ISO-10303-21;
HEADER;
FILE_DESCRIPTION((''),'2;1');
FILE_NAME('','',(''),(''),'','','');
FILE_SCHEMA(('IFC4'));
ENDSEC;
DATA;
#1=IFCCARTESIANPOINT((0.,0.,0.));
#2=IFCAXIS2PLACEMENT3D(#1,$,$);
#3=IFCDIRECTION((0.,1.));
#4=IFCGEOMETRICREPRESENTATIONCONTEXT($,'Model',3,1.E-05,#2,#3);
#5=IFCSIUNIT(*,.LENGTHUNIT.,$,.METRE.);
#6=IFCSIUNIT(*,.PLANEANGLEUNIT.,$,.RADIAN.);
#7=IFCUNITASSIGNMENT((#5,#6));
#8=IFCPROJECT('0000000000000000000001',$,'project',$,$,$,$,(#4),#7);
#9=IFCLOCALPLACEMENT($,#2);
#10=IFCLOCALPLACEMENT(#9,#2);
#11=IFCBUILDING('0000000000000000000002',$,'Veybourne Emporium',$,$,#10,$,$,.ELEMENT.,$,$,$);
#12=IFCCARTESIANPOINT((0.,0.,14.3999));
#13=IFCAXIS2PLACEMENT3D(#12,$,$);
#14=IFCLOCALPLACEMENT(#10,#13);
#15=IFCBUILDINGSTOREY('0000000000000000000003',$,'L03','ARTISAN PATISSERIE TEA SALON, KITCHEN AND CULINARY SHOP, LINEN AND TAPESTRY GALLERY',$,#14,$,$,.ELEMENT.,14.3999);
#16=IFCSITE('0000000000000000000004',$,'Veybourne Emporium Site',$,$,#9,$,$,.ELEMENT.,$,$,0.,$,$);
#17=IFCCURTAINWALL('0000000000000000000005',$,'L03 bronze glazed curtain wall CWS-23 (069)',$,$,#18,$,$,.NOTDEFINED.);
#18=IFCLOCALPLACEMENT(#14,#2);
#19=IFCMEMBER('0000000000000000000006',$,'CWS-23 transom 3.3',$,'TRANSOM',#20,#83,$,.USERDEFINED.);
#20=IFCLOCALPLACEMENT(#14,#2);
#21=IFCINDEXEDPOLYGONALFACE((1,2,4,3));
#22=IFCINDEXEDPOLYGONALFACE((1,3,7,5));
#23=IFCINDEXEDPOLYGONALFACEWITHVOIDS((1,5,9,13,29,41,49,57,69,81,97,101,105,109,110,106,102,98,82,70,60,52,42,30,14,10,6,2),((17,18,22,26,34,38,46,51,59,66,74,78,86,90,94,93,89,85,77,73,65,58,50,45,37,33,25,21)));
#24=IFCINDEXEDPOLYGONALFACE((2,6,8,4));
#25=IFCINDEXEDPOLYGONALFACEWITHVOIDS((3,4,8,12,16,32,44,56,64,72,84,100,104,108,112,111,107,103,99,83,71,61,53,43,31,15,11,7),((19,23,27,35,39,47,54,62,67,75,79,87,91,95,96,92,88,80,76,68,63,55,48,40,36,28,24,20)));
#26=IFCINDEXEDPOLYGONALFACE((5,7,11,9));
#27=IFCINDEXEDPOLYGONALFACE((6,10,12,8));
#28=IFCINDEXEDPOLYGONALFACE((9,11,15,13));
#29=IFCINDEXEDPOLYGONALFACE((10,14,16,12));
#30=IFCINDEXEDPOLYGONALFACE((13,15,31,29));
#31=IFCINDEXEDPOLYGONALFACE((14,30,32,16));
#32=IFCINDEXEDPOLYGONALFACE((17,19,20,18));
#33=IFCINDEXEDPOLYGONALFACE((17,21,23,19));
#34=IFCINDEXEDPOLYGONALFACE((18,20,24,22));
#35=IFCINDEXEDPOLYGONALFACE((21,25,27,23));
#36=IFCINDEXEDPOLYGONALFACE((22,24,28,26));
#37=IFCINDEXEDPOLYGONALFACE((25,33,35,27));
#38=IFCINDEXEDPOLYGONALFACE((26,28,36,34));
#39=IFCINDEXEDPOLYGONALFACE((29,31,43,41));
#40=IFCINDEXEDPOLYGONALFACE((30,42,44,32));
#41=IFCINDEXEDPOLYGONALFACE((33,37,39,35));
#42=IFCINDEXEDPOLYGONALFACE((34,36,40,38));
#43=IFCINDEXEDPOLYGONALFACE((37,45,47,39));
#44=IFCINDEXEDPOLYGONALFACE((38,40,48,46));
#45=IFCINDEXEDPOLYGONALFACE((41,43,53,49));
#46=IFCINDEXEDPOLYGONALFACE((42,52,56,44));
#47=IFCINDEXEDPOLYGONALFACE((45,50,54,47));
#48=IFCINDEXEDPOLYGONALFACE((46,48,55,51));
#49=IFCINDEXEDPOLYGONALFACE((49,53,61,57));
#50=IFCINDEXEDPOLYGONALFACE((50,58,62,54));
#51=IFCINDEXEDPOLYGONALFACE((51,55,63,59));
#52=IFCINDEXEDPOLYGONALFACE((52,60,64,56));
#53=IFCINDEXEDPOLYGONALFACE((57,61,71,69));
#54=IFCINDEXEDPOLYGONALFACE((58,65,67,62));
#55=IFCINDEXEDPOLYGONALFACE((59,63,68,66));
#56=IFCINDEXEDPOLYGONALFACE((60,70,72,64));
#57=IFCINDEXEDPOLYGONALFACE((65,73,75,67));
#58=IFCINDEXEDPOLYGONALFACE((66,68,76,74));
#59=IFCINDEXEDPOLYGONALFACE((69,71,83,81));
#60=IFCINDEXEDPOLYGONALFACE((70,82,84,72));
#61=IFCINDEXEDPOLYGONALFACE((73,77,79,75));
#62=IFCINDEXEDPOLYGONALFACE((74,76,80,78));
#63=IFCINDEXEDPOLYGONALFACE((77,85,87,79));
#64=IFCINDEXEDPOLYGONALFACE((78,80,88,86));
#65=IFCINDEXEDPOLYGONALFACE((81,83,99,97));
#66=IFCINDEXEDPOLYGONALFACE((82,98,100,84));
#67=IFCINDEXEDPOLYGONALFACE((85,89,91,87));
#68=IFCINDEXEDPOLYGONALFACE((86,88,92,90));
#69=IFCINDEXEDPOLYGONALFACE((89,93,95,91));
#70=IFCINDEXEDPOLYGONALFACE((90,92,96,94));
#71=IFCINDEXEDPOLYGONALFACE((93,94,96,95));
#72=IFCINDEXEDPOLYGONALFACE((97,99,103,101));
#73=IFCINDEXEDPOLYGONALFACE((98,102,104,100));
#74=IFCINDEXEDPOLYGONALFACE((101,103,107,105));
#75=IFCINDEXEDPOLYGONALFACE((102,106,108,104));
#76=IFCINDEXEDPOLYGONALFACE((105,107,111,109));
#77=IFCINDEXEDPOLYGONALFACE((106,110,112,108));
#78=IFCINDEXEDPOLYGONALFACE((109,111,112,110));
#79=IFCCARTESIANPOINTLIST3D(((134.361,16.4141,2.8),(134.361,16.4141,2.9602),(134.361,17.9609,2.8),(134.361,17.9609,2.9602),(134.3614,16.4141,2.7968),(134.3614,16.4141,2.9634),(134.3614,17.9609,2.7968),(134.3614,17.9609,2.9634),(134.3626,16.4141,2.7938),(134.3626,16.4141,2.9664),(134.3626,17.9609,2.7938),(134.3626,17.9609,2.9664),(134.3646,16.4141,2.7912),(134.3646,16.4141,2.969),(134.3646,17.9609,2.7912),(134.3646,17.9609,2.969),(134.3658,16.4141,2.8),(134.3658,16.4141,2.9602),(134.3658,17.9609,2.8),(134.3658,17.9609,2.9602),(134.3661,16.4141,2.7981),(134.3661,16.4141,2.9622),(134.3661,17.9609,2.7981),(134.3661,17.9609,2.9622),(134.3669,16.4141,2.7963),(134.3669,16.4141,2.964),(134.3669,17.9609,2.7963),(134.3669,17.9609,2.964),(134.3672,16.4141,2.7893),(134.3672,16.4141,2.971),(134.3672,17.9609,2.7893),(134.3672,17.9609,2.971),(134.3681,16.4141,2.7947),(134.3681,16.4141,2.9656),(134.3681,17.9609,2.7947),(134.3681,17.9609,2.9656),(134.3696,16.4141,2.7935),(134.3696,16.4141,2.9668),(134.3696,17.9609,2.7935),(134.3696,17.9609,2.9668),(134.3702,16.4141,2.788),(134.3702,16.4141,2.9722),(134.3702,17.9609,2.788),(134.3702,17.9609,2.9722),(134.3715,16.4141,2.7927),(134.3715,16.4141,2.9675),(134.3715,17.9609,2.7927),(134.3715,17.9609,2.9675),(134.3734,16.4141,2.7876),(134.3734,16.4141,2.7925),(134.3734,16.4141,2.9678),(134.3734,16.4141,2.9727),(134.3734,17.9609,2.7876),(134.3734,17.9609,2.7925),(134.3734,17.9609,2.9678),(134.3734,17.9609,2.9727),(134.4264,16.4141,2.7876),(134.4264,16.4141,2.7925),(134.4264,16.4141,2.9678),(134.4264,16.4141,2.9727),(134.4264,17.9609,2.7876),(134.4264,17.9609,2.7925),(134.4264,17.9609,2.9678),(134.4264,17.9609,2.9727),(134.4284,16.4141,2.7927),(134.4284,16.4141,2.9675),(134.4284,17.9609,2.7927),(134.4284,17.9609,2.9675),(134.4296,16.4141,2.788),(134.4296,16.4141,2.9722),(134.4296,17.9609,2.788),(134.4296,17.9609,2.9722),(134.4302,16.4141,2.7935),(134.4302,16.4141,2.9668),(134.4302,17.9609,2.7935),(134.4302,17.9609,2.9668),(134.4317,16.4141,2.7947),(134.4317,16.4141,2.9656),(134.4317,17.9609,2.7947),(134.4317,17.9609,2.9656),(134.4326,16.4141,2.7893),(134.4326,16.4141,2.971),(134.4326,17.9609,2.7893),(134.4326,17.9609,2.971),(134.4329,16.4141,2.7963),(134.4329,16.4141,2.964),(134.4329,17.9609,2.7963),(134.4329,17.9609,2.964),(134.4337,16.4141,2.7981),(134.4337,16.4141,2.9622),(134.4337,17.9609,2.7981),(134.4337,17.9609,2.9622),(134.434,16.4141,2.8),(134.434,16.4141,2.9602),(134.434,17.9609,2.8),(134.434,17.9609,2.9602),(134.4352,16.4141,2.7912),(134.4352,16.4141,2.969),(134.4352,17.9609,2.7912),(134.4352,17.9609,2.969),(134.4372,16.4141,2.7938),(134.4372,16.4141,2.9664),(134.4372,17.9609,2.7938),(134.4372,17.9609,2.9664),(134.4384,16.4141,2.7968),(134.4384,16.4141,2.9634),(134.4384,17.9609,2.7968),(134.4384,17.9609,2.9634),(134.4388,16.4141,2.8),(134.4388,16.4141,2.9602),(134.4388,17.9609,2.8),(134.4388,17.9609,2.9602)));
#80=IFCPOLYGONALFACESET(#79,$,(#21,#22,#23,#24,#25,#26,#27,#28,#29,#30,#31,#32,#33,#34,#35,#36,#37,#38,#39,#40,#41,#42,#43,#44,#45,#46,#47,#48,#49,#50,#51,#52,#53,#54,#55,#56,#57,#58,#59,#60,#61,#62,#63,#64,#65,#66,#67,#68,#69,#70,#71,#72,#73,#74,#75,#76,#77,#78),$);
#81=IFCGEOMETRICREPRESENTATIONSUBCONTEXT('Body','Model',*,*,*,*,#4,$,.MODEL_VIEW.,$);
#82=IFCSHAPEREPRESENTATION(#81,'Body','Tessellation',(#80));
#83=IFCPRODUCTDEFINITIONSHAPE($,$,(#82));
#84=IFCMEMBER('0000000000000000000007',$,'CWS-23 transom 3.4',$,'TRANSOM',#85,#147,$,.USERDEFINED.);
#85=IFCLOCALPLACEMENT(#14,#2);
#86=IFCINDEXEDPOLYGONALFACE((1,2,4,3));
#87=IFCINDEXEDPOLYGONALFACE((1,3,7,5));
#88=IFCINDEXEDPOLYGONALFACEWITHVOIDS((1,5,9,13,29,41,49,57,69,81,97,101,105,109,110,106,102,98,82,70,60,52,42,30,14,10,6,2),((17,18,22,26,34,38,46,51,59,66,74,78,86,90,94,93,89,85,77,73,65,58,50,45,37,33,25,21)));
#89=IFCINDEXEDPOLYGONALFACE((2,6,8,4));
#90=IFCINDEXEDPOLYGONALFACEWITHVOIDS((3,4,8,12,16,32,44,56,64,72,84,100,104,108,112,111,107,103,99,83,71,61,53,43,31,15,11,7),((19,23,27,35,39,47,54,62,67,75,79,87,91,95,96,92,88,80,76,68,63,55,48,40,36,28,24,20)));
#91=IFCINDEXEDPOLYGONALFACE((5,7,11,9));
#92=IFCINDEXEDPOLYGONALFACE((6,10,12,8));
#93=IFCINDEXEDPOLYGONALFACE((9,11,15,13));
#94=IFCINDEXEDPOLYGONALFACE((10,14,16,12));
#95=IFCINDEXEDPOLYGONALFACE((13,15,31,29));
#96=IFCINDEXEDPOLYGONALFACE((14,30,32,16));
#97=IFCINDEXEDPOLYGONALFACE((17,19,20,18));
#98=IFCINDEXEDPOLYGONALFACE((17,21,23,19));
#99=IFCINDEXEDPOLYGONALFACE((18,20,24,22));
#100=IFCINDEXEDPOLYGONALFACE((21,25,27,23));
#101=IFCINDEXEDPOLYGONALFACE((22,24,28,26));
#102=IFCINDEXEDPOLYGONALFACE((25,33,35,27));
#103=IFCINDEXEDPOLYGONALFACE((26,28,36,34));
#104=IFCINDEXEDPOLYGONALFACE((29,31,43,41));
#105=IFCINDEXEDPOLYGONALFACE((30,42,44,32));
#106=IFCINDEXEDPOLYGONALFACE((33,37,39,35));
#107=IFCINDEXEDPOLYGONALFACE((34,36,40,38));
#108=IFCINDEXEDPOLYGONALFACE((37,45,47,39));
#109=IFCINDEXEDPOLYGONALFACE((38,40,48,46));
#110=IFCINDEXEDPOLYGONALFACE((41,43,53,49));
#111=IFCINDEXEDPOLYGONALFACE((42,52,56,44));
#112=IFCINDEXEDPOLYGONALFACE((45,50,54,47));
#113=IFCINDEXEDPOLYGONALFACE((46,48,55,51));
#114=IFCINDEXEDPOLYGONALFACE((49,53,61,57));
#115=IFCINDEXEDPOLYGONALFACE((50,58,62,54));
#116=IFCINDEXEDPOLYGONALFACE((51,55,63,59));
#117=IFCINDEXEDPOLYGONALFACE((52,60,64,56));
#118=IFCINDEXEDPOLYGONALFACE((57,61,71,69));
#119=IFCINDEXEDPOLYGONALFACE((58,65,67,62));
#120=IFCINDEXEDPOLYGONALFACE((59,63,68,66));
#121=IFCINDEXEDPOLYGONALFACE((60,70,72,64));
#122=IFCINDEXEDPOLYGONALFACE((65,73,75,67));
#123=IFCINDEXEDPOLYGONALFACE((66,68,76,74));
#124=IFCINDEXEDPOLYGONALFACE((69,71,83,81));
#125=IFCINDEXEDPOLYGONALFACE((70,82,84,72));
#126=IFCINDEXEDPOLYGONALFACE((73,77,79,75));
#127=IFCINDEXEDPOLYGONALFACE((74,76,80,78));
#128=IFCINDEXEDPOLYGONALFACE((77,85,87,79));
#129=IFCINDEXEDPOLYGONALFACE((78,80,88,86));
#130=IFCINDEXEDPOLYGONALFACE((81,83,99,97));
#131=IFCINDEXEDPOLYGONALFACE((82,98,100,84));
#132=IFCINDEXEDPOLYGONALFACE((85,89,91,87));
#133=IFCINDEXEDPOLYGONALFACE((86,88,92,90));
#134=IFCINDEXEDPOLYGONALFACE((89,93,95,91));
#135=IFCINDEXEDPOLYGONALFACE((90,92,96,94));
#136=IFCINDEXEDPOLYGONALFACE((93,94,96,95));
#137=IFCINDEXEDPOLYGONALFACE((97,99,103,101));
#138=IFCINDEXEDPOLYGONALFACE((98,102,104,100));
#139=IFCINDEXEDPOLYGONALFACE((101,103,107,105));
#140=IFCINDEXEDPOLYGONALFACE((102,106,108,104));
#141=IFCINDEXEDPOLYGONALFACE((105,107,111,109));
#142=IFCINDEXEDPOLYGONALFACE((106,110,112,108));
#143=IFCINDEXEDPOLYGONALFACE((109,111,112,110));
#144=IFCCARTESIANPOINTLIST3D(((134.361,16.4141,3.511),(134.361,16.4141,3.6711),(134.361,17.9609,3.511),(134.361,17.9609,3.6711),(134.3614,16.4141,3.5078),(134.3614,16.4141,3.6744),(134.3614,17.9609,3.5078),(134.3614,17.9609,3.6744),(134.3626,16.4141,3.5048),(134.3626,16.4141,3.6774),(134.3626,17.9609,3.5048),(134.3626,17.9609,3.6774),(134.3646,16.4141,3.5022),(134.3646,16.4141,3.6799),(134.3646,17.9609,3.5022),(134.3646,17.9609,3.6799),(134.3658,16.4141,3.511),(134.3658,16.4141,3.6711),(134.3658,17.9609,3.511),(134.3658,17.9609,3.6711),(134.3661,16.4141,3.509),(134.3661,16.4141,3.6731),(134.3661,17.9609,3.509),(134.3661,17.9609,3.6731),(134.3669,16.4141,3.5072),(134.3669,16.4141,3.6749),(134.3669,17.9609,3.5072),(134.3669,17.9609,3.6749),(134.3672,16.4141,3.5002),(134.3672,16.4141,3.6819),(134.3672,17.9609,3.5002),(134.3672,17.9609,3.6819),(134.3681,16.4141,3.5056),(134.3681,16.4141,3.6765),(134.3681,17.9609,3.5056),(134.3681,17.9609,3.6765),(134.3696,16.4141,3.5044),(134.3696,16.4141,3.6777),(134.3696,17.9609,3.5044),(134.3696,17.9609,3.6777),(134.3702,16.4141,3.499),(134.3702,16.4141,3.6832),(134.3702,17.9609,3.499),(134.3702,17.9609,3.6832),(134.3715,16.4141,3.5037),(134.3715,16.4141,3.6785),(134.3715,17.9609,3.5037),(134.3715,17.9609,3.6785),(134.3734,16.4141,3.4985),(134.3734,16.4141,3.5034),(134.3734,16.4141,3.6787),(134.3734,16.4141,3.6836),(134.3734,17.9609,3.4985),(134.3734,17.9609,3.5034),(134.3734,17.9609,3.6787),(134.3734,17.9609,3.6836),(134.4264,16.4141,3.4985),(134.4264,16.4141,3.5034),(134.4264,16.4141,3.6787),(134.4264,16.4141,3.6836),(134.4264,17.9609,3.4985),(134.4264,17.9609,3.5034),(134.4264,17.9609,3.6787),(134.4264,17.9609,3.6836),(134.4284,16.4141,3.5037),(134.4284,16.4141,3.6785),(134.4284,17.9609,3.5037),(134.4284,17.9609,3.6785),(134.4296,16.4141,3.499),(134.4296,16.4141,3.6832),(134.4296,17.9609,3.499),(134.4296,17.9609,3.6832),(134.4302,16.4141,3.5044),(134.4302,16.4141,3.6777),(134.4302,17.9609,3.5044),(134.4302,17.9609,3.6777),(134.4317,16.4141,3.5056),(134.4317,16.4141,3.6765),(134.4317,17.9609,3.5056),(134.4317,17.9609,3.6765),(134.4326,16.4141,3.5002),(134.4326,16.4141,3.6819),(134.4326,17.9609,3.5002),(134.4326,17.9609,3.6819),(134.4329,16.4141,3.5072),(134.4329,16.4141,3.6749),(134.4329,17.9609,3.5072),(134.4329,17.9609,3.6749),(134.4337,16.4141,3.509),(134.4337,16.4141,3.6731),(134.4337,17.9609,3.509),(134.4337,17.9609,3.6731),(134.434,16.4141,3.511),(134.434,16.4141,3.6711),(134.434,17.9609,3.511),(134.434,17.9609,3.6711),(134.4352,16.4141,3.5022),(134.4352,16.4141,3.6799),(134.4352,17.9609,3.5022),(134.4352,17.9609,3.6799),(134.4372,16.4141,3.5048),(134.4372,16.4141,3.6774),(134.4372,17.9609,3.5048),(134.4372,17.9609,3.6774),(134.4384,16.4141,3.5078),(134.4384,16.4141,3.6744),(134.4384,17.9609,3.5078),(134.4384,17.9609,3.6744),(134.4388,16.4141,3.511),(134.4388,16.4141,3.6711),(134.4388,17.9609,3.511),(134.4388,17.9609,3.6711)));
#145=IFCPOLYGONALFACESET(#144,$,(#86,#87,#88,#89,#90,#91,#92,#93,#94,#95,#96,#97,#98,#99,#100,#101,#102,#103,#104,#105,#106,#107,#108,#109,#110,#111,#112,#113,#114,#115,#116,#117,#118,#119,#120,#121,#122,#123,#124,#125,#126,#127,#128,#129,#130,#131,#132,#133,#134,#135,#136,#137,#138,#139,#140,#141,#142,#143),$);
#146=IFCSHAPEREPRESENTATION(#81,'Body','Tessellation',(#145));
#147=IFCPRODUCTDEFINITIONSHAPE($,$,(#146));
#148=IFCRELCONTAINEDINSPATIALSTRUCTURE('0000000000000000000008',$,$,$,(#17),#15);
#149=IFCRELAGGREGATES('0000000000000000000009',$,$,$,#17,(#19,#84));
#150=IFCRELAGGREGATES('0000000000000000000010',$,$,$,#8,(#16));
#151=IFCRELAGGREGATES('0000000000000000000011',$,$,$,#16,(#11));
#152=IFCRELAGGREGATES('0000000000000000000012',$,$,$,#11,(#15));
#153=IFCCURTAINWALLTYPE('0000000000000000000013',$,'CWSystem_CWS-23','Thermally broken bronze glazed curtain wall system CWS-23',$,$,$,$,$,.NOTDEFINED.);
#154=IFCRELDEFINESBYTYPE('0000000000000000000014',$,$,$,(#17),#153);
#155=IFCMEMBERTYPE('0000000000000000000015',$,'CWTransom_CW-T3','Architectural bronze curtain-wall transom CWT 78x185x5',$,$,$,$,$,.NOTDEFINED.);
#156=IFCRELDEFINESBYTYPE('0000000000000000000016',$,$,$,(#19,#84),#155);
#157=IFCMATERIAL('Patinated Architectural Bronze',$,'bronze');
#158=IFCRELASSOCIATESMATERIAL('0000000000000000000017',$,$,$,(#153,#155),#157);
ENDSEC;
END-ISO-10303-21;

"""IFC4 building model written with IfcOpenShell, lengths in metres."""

from ifc_helpers import new_model, si_unit, direction, frame, origin, origin_2d, place, context, subcontext, project, spatial, hollow_rectangle, extrude, material, material_profile, profile_set, type_object, element, aggregate, save


model = new_model("IFC4")

# Units and contexts
model_context = context("Model", 3, precision=1e-05, world=origin(), true_north=direction((0.0, 1.0)))
body_context = subcontext(model_context, "Body", "Model", "MODEL_VIEW")
ifc_project = project(units=[si_unit("LENGTHUNIT", "METRE"), si_unit("PLANEANGLEUNIT", "RADIAN")], contexts=[model_context])

# Site, building, storey
site_placement = place(None, origin())
site = spatial("IfcSite", under=ifc_project, at=site_placement, Name="Veybourne Emporium Site", CompositionType="ELEMENT", RefElevation=0.0)
building_placement = place(site_placement, origin())
building = spatial("IfcBuilding", under=site, at=building_placement, Name="Veybourne Emporium", CompositionType="ELEMENT")
storey_placement = place(building_placement, frame((0.0, 0.0, 14.3999)))
storey = spatial("IfcBuildingStorey", under=building, at=storey_placement, Name="L03", Description="ARTISAN PATISSERIE TEA SALON, KITCHEN AND CULINARY SHOP, LINEN AND TAPESTRY GALLERY", CompositionType="ELEMENT", Elevation=14.3999)

# Curtain wall, members
ifc_material_1 = material(Name="Patinated Architectural Bronze", Category="bronze")
curtain_wall_type = type_object("IfcCurtainWallType", Name="CWSystem_CWS-23", Description="Thermally broken bronze glazed curtain wall system CWS-23", PredefinedType="NOTDEFINED", material=ifc_material_1)
curtain_wall_placement = place(storey_placement, origin())
curtain_wall = element("IfcCurtainWall", 1, at=curtain_wall_placement, inside=storey, type_object=curtain_wall_type, Name="L03 bronze glazed curtain wall CWS-23 (069)", PredefinedType="NOTDEFINED")
ifc_material_profile_1 = material_profile(ifc_material_1, hollow_rectangle(XDim=0.0779, YDim=0.1851, WallThickness=0.0049, InnerFilletRadius=0.0076, OuterFilletRadius=0.0125, at=origin_2d()), Name="CWT 78x185x5")
ifc_profile_set_1 = profile_set([ifc_material_profile_1], Name="Patinated Architectural Bronze")
member_type_1 = type_object("IfcMemberType", Name="CWTransom_CW-T3", Description="Architectural bronze curtain-wall transom CWT 78x185x5", PredefinedType="NOTDEFINED", material=ifc_profile_set_1)
member_1_placement = place(storey_placement, frame((134.3999, 17.9609, 2.8801), z_axis=(0.0, -1.0, 0.0), x_axis=(1.0, 0.0, 0.0)))
member_1 = element("IfcMember", 2, at=member_1_placement, type_object=member_type_1, Name="CWS-23 transom 3.3", ObjectType="TRANSOM", PredefinedType="USERDEFINED", context=body_context, shape_type="SweptSolid", body=[
    extrude(hollow_rectangle(XDim=0.0779, YDim=0.1851, WallThickness=0.0049, InnerFilletRadius=0.0076, OuterFilletRadius=0.0125, at=origin_2d()), origin(), (0.0, 0.0, 1.0), 1.5469),
])
member_2_placement = place(storey_placement, frame((134.3999, 17.9609, 3.5911), z_axis=(0.0, -1.0, 0.0), x_axis=(1.0, 0.0, 0.0)))
member_2 = element("IfcMember", 3, at=member_2_placement, type_object=member_type_1, Name="CWS-23 transom 3.4", ObjectType="TRANSOM", PredefinedType="USERDEFINED", context=body_context, shape_type="SweptSolid", body=[
    extrude(hollow_rectangle(XDim=0.0779, YDim=0.1851, WallThickness=0.0049, InnerFilletRadius=0.0076, OuterFilletRadius=0.0125, at=origin_2d()), origin(), (0.0, 0.0, 1.0), 1.5469),
])
aggregate(curtain_wall, [member_1, member_2])

save(model, "model.ifc")
